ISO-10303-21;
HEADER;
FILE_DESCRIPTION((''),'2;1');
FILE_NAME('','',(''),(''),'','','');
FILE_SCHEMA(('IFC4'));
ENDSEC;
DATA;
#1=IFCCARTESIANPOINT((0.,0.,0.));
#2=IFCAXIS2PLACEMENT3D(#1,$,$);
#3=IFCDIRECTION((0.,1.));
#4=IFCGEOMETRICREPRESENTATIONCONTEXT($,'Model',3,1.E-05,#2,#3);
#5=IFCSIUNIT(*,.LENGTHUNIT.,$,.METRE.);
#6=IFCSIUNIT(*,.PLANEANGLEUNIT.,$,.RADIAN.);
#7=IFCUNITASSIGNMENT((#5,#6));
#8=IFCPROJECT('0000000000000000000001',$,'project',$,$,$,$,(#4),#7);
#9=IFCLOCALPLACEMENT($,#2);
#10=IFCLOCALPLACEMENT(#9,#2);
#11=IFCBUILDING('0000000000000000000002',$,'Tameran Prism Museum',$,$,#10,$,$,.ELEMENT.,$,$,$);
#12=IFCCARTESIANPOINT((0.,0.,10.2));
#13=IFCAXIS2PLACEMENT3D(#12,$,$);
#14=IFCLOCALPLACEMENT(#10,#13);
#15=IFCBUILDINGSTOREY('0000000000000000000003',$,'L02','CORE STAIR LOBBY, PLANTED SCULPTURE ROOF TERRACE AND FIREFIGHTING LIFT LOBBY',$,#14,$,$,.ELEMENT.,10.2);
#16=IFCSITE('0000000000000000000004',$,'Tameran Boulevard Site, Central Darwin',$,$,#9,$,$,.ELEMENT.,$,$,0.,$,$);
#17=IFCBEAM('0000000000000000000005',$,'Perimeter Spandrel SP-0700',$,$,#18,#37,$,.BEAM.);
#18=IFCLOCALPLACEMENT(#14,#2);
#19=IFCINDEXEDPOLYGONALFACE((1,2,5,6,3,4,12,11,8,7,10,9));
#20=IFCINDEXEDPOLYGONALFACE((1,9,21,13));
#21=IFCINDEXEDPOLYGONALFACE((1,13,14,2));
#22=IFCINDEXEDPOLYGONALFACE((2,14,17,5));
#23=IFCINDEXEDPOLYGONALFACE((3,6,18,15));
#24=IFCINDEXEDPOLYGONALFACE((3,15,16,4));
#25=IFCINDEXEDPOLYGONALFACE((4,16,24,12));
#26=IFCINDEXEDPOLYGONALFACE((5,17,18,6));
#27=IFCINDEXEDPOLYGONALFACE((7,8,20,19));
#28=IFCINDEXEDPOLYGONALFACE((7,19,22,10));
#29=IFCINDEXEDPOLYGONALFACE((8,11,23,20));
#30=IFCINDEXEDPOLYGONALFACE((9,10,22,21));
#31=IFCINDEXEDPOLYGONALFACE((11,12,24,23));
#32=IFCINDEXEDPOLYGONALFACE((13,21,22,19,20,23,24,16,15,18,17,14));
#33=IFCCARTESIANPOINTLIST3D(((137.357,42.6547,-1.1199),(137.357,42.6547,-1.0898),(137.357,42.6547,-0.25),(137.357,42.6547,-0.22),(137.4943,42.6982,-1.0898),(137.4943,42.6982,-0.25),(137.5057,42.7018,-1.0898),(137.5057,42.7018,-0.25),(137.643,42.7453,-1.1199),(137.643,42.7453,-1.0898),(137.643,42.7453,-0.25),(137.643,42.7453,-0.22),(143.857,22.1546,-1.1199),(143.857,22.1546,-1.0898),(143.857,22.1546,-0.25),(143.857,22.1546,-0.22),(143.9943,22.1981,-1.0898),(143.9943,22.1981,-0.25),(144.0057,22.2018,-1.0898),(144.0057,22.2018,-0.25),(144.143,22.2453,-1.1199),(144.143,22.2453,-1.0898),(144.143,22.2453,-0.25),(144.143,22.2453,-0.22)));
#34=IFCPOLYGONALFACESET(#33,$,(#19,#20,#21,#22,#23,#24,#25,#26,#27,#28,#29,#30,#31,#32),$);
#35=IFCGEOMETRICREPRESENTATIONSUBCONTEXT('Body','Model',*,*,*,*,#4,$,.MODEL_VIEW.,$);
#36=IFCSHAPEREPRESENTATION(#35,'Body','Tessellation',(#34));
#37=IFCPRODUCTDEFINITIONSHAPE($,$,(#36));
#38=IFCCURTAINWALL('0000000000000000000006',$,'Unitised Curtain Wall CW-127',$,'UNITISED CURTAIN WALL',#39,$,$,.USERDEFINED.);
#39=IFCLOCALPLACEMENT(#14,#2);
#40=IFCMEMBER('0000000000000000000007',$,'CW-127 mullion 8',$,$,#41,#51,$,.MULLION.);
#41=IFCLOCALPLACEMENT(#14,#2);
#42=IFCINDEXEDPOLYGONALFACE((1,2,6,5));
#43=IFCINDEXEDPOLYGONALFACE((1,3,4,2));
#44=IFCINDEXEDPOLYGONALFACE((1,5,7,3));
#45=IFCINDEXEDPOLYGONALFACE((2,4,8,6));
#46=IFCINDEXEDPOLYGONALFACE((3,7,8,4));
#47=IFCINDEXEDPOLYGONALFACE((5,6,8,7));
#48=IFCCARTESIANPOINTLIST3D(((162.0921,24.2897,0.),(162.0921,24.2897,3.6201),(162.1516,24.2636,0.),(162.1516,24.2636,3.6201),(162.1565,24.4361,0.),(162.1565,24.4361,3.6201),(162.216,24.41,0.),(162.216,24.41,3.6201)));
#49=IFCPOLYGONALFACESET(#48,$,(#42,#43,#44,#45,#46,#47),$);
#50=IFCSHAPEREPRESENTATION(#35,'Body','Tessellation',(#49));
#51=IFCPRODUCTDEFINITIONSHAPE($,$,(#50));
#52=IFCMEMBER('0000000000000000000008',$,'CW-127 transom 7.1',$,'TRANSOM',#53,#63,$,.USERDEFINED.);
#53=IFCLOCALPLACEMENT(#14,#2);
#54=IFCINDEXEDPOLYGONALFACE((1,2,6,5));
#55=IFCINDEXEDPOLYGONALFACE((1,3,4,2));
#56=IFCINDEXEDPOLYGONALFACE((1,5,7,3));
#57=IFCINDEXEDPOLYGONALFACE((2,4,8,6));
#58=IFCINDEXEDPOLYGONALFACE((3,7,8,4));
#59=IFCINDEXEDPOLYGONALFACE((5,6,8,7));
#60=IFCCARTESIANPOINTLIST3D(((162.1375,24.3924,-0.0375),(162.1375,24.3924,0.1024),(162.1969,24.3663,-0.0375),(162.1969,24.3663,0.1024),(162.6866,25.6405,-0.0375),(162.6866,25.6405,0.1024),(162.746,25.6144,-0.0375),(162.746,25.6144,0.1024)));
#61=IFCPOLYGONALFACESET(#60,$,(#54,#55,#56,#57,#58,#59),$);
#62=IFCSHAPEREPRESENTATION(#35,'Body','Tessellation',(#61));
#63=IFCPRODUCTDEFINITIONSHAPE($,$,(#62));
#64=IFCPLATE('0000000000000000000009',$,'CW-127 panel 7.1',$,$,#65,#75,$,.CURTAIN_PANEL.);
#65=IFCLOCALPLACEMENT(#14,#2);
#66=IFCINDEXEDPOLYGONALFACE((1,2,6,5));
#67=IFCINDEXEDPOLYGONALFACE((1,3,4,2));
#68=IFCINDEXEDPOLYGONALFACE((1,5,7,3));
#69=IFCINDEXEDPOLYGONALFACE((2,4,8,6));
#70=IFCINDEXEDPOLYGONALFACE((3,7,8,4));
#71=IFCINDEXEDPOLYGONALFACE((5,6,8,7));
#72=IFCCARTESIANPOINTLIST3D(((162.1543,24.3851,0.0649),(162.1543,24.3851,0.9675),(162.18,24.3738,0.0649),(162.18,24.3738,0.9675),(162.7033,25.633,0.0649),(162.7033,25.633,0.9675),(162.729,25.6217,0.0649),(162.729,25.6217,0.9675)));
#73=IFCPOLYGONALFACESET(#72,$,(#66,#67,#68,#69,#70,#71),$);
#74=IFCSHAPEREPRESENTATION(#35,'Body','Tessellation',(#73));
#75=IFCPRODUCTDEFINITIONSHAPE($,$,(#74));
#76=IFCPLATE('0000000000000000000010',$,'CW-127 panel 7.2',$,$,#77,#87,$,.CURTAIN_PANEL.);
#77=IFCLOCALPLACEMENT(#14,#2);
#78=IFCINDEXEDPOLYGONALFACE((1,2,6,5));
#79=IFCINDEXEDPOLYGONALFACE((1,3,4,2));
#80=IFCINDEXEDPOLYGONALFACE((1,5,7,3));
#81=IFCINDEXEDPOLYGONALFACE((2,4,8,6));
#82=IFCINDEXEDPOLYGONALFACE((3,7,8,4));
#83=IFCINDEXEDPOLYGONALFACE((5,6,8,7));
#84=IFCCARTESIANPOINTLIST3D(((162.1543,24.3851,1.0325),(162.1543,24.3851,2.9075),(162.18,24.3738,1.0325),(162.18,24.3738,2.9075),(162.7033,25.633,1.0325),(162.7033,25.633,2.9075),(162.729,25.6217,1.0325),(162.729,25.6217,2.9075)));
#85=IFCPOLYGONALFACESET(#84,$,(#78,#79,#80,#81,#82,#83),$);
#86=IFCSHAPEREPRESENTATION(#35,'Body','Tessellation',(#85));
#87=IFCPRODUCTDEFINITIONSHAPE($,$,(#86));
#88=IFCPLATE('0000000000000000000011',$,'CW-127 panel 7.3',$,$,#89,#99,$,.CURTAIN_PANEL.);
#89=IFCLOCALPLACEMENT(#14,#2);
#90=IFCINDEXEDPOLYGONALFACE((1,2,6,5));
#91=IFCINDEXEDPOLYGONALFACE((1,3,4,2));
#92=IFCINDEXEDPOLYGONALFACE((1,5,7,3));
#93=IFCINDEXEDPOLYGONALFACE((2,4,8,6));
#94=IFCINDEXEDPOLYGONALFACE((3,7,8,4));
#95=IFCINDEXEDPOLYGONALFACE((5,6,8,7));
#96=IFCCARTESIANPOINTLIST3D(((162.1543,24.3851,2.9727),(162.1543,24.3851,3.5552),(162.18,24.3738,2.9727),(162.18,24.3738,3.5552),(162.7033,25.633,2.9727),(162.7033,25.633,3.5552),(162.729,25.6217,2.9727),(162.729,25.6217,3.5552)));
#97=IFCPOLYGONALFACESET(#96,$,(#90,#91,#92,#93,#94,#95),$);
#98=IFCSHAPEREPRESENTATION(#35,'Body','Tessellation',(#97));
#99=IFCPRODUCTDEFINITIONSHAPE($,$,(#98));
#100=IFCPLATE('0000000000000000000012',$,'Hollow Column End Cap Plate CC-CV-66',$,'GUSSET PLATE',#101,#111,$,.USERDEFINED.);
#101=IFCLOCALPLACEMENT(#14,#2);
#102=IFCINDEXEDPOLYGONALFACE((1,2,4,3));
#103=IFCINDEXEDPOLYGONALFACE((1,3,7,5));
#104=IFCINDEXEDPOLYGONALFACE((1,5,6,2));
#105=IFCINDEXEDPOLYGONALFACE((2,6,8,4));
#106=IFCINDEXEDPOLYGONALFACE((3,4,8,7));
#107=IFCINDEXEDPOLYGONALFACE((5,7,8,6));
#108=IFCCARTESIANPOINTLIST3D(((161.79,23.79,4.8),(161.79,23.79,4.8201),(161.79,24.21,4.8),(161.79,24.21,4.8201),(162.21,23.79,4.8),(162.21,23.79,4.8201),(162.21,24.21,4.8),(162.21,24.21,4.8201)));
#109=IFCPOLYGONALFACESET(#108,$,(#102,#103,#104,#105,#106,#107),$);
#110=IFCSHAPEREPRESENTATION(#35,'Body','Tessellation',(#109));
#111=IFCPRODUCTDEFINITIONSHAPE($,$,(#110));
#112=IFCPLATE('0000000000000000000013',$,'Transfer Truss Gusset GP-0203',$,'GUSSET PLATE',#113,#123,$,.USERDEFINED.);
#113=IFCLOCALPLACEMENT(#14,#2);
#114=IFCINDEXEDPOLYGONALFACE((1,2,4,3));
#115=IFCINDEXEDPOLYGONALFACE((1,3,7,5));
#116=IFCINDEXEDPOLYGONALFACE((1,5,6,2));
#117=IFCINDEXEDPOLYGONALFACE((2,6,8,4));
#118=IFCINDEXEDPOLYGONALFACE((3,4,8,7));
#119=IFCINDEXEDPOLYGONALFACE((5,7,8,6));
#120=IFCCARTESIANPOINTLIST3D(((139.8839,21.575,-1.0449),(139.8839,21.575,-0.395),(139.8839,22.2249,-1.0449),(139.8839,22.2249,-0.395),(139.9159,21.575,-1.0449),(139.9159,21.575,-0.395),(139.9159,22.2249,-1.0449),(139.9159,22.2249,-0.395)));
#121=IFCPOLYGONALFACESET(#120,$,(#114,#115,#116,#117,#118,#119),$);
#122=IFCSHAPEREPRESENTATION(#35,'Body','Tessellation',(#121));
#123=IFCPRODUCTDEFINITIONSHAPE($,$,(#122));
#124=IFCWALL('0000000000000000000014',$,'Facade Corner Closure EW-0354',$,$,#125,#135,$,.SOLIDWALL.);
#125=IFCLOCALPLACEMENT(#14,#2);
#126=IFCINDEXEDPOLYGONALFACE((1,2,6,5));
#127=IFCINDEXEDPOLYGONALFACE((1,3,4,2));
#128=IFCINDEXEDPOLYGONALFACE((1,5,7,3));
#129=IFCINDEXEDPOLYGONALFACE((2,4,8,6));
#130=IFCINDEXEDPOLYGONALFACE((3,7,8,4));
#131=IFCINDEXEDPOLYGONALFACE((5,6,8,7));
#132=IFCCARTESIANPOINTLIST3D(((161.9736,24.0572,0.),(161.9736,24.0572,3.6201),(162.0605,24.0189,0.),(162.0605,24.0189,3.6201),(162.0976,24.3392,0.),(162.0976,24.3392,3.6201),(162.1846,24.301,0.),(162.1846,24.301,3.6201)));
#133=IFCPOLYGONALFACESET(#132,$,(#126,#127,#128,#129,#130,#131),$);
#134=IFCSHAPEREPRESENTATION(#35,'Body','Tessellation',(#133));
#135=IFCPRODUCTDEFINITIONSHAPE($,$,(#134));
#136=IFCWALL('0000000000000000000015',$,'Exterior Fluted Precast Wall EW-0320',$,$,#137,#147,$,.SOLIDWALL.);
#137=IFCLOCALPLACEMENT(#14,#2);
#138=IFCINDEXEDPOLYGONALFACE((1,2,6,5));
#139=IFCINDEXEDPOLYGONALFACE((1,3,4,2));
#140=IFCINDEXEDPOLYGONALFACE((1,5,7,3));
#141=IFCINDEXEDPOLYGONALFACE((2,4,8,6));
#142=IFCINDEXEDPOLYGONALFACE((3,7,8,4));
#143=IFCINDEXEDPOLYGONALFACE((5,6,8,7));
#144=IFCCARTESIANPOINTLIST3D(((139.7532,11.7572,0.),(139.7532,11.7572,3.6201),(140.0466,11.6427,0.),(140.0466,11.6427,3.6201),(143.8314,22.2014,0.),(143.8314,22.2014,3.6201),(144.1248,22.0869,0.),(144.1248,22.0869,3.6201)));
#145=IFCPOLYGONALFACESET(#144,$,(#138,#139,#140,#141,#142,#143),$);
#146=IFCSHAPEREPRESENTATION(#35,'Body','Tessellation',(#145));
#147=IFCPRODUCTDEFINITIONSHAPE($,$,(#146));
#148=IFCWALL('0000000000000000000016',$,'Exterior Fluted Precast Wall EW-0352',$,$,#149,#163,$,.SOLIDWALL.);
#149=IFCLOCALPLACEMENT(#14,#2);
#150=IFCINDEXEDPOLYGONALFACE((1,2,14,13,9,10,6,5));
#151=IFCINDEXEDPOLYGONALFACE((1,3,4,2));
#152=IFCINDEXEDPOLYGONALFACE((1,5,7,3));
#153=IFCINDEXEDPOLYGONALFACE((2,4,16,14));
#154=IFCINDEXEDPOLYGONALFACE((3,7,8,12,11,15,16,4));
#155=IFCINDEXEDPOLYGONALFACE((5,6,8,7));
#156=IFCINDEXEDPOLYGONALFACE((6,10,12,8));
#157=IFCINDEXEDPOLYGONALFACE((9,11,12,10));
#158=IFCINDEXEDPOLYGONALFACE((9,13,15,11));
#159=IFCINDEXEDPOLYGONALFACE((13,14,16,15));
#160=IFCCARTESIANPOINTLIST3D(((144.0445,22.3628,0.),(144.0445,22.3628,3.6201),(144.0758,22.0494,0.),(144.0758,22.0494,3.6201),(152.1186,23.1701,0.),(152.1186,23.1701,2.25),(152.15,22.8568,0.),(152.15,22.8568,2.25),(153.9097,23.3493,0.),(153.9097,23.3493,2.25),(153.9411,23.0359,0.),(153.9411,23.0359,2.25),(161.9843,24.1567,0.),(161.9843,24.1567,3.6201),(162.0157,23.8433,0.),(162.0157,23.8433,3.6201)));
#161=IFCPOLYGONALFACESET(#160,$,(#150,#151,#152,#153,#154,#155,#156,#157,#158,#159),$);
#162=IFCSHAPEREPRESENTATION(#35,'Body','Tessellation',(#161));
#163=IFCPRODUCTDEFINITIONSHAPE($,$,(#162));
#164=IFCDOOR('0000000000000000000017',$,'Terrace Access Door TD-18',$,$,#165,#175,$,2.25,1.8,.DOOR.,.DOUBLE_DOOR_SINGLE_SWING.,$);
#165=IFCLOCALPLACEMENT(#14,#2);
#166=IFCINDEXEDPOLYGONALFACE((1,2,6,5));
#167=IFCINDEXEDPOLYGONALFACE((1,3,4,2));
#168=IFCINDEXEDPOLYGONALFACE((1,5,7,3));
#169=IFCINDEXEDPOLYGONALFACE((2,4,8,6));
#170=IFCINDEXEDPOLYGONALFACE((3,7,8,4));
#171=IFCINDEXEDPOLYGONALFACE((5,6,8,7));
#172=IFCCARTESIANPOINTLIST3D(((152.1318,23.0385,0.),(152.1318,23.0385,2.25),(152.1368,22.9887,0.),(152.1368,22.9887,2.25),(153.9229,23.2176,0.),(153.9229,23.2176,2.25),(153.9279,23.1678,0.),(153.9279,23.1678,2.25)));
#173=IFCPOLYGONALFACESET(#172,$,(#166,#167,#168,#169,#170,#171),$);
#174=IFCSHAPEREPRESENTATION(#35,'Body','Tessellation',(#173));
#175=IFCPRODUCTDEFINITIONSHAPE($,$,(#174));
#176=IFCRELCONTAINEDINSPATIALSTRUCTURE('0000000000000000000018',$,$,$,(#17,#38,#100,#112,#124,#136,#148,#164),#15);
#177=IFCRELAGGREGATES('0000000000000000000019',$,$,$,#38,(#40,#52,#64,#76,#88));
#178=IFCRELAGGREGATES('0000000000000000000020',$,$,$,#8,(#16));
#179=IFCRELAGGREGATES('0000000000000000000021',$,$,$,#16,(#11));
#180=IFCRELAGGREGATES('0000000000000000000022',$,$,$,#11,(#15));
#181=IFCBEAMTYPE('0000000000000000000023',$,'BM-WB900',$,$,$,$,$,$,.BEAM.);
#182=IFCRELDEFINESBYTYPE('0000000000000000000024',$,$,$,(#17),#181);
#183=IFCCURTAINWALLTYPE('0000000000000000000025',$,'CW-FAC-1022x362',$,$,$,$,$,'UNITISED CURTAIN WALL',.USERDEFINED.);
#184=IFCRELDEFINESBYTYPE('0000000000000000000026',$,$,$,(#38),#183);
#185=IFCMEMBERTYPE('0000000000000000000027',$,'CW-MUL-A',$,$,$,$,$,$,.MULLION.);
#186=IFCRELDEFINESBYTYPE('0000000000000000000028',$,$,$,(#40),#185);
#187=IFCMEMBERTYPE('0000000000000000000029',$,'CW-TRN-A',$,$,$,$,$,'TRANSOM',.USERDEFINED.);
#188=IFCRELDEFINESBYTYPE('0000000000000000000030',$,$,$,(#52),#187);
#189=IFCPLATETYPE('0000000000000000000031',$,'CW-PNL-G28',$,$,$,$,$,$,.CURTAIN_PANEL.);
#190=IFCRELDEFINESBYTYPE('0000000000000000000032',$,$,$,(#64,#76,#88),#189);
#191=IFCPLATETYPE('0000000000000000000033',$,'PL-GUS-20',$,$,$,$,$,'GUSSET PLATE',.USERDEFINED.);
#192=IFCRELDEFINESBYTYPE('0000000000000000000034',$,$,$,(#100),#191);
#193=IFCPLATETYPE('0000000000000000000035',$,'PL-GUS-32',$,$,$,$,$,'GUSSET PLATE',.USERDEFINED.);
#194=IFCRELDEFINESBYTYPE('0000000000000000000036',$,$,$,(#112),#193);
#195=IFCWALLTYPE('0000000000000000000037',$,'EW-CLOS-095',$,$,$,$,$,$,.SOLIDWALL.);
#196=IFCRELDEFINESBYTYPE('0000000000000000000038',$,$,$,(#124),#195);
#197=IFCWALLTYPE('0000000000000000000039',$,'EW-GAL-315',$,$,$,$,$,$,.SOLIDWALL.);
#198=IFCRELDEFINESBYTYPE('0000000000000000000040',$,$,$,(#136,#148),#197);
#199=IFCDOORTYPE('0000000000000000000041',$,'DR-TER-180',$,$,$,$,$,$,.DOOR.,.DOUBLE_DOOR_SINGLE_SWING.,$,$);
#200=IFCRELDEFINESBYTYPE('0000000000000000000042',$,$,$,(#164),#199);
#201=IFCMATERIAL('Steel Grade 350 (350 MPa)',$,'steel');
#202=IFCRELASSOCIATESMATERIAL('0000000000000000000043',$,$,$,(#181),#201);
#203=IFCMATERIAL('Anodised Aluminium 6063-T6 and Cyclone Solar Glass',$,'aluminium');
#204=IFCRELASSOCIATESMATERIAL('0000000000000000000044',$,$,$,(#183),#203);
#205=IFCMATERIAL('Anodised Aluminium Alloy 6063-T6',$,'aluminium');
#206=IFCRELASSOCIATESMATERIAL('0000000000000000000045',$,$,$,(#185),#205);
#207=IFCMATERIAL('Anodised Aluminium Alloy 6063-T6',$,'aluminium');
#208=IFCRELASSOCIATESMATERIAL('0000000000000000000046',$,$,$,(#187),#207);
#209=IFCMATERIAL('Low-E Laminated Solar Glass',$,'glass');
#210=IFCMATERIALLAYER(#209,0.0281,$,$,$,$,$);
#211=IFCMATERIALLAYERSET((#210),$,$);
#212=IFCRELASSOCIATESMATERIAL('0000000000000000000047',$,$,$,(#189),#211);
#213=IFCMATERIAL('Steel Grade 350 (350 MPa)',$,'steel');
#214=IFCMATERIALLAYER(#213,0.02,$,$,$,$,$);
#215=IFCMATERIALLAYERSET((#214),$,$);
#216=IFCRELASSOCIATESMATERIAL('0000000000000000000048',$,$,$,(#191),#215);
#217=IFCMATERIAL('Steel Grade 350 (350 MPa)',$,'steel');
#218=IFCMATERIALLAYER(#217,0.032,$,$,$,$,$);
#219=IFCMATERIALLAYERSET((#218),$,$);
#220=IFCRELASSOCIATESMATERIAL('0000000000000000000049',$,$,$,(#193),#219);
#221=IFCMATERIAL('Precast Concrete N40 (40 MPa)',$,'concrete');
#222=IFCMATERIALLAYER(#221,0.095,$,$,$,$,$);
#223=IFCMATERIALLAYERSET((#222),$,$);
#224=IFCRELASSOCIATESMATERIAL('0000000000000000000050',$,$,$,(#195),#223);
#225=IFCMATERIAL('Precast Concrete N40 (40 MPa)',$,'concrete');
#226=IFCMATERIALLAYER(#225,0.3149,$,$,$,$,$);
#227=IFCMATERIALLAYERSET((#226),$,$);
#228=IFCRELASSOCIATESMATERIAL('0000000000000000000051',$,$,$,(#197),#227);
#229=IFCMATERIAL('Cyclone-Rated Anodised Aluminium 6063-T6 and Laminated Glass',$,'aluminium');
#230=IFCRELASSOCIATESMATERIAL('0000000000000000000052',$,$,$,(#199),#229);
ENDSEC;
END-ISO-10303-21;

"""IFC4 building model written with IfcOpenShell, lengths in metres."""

from ifc_helpers import new_model, si_unit, direction, frame, frame_2d, origin, origin_2d, place, context, subcontext, project, spatial, rectangle, i_section, extrude, material, layer, layer_set, material_profile, profile_set, type_object, element, fill, aggregate, save


model = new_model("IFC4")

# Units and contexts
model_context = context("Model", 3, precision=1e-05, world=origin(), true_north=direction((0.0, 1.0)))
body_context = subcontext(model_context, "Body", "Model", "MODEL_VIEW")
ifc_project = project(units=[si_unit("LENGTHUNIT", "METRE"), si_unit("PLANEANGLEUNIT", "RADIAN")], contexts=[model_context])

# Site, building, storey
site_placement = place(None, origin())
site = spatial("IfcSite", under=ifc_project, at=site_placement, Name="Tameran Boulevard Site, Central Darwin", CompositionType="ELEMENT", RefElevation=0.0)
building_placement = place(site_placement, origin())
building = spatial("IfcBuilding", under=site, at=building_placement, Name="Tameran Prism Museum", CompositionType="ELEMENT")
storey_placement = place(building_placement, frame((0.0, 0.0, 10.2)))
storey = spatial("IfcBuildingStorey", under=building, at=storey_placement, Name="L02", Description="CORE STAIR LOBBY, PLANTED SCULPTURE ROOF TERRACE AND FIREFIGHTING LIFT LOBBY", CompositionType="ELEMENT", Elevation=10.2)

# Beam
ifc_material_1 = material(Name="Steel Grade 350 (350 MPa)", Category="steel")
ifc_material_profile_1 = material_profile(ifc_material_1, i_section(OverallWidth=0.3, OverallDepth=0.8999, WebThickness=0.012, FlangeThickness=0.03, at=origin_2d()))
ifc_profile_set_1 = profile_set([ifc_material_profile_1])
beam_type_1 = type_object("IfcBeamType", Name="BM-WB900", PredefinedType="BEAM", material=ifc_profile_set_1)
beam_1_placement = place(storey_placement, frame((144.0, 22.2, -0.6699), z_axis=(-0.302244, 0.953231, 0.0), x_axis=(-0.953231, -0.302244, 0.0)))
element("IfcBeam", 1, at=beam_1_placement, inside=storey, type_object=beam_type_1, Name="Perimeter Spandrel SP-0700", PredefinedType="BEAM", context=body_context, shape_type="SweptSolid", body=[
    extrude(i_section(OverallWidth=0.3, OverallDepth=0.8999, WebThickness=0.012, FlangeThickness=0.03, at=origin_2d()), origin(), (0.0, 0.0, 1.0), 21.5059),
])

# Curtain wall, members, plates
ifc_material_2 = material(Name="Anodised Aluminium 6063-T6 and Cyclone Solar Glass", Category="aluminium")
curtain_wall_type = type_object("IfcCurtainWallType", Name="CW-FAC-1022x362", ElementType="UNITISED CURTAIN WALL", PredefinedType="USERDEFINED", material=ifc_material_2)
curtain_wall_placement = place(storey_placement, origin())
curtain_wall = element("IfcCurtainWall", 2, at=curtain_wall_placement, inside=storey, type_object=curtain_wall_type, Name="Unitised Curtain Wall CW-127", ObjectType="UNITISED CURTAIN WALL", PredefinedType="USERDEFINED")
ifc_material_3 = material(Name="Anodised Aluminium Alloy 6063-T6", Category="aluminium")
ifc_material_profile_2 = material_profile(ifc_material_3, rectangle(XDim=0.0649, YDim=0.1599, at=origin_2d()))
ifc_profile_set_2 = profile_set([ifc_material_profile_2])
member_type_1 = type_object("IfcMemberType", Name="CW-MUL-A", PredefinedType="MULLION", material=ifc_profile_set_2)
member_1_placement = place(storey_placement, frame((162.1541, 24.3499, 0.0), z_axis=(0.0, 0.0, 1.0), x_axis=(0.915329, -0.402706, 0.0)))
member_1 = element("IfcMember", 3, at=member_1_placement, type_object=member_type_1, Name="CW-127 mullion 8", PredefinedType="MULLION", context=body_context, shape_type="SweptSolid", body=[
    extrude(rectangle(XDim=0.0649, YDim=0.1599, at=origin_2d()), origin(), (0.0, 0.0, 1.0), 3.6201),
])
ifc_material_4 = material(Name="Anodised Aluminium Alloy 6063-T6", Category="aluminium")
ifc_material_profile_3 = material_profile(ifc_material_4, rectangle(XDim=0.0649, YDim=0.1399, at=origin_2d()))
ifc_profile_set_3 = profile_set([ifc_material_profile_3])
member_type_2 = type_object("IfcMemberType", Name="CW-TRN-A", ElementType="TRANSOM", PredefinedType="USERDEFINED", material=ifc_profile_set_3)
member_2_placement = place(storey_placement, frame((162.7163, 25.6274, 0.0325), z_axis=(-0.402697, -0.915334, 0.0), x_axis=(0.915334, -0.402697, 0.0)))
member_2 = element("IfcMember", 4, at=member_2_placement, type_object=member_type_2, Name="CW-127 transom 7.1", ObjectType="TRANSOM", PredefinedType="USERDEFINED", context=body_context, shape_type="SweptSolid", body=[
    extrude(rectangle(XDim=0.0649, YDim=0.1399, at=origin_2d()), origin(), (0.0, 0.0, 1.0), 1.3635),
])
ifc_material_5 = material(Name="Low-E Laminated Solar Glass", Category="glass")
ifc_layer_1 = layer(ifc_material_5, 0.0281)
ifc_layer_set_1 = layer_set([ifc_layer_1])
plate_type_1 = type_object("IfcPlateType", Name="CW-PNL-G28", PredefinedType="CURTAIN_PANEL", material=ifc_layer_set_1)
plate_1_placement = place(storey_placement, frame((162.4417, 25.0034, 0.0649), z_axis=(0.0, 0.0, 1.0), x_axis=(-0.402706, -0.915329, 0.0)))
plate_1 = element("IfcPlate", 5, at=plate_1_placement, type_object=plate_type_1, Name="CW-127 panel 7.1", PredefinedType="CURTAIN_PANEL", context=body_context, shape_type="SweptSolid", body=[
    extrude(rectangle(XDim=1.3633, YDim=0.0281, at=origin_2d()), origin(), (0.0, 0.0, 1.0), 0.9026),
])
plate_2_placement = place(storey_placement, frame((162.4417, 25.0034, 1.0325), z_axis=(0.0, 0.0, 1.0), x_axis=(-0.402706, -0.915329, 0.0)))
plate_2 = element("IfcPlate", 6, at=plate_2_placement, type_object=plate_type_1, Name="CW-127 panel 7.2", PredefinedType="CURTAIN_PANEL", context=body_context, shape_type="SweptSolid", body=[
    extrude(rectangle(XDim=1.3633, YDim=0.0281, at=origin_2d()), origin(), (0.0, 0.0, 1.0), 1.875),
])
plate_3_placement = place(storey_placement, frame((162.4417, 25.0034, 2.9727), z_axis=(0.0, 0.0, 1.0), x_axis=(-0.402706, -0.915329, 0.0)))
plate_3 = element("IfcPlate", 7, at=plate_3_placement, type_object=plate_type_1, Name="CW-127 panel 7.3", PredefinedType="CURTAIN_PANEL", context=body_context, shape_type="SweptSolid", body=[
    extrude(rectangle(XDim=1.3633, YDim=0.0281, at=origin_2d()), origin(), (0.0, 0.0, 1.0), 0.5825),
])
aggregate(curtain_wall, [member_1, member_2, plate_1, plate_2, plate_3])

# Plates
ifc_material_6 = material(Name="Steel Grade 350 (350 MPa)", Category="steel")
ifc_layer_2 = layer(ifc_material_6, 0.02)
ifc_layer_set_2 = layer_set([ifc_layer_2])
plate_type_2 = type_object("IfcPlateType", Name="PL-GUS-20", ElementType="GUSSET PLATE", PredefinedType="USERDEFINED", material=ifc_layer_set_2)
plate_4_placement = place(storey_placement, frame((162.0, 24.0, 4.8), z_axis=(0.0, 0.0, 1.0), x_axis=(1.0, 0.0, 0.0)))
element("IfcPlate", 8, at=plate_4_placement, inside=storey, type_object=plate_type_2, Name="Hollow Column End Cap Plate CC-CV-66", ObjectType="GUSSET PLATE", PredefinedType="USERDEFINED", context=body_context, shape_type="SweptSolid", body=[
    extrude(rectangle(XDim=0.4199, YDim=0.4199, at=origin_2d()), origin(), (0.0, 0.0, 1.0), 0.02),
])
ifc_material_7 = material(Name="Steel Grade 350 (350 MPa)", Category="steel")
ifc_layer_3 = layer(ifc_material_7, 0.032)
ifc_layer_set_3 = layer_set([ifc_layer_3])
plate_type_3 = type_object("IfcPlateType", Name="PL-GUS-32", ElementType="GUSSET PLATE", PredefinedType="USERDEFINED", material=ifc_layer_set_3)
plate_5_placement = place(storey_placement, frame((139.8999, 21.8999, -1.0449), z_axis=(0.0, 0.0, 1.0), x_axis=(1.0, 0.0, 0.0)))
element("IfcPlate", 9, at=plate_5_placement, inside=storey, type_object=plate_type_3, Name="Transfer Truss Gusset GP-0203", ObjectType="GUSSET PLATE", PredefinedType="USERDEFINED", context=body_context, shape_type="SweptSolid", body=[
    extrude(rectangle(XDim=0.032, YDim=0.6499, at=origin_2d()), origin(), (0.0, 0.0, 1.0), 0.6499),
])

# Walls
ifc_material_8 = material(Name="Precast Concrete N40 (40 MPa)", Category="concrete")
ifc_layer_4 = layer(ifc_material_8, 0.095)
ifc_layer_set_4 = layer_set([ifc_layer_4])
wall_type_1 = type_object("IfcWallType", Name="EW-CLOS-095", PredefinedType="SOLIDWALL", material=ifc_layer_set_4)
wall_1_placement = place(storey_placement, frame((162.1411, 24.3201, 0.0), z_axis=(0.0, 0.0, 1.0), x_axis=(-0.402606, -0.915373, 0.0)))
element("IfcWall", 10, at=wall_1_placement, inside=storey, type_object=wall_type_1, Name="Facade Corner Closure EW-0354", PredefinedType="SOLIDWALL", context=body_context, shape_type="SweptSolid", body=[
    extrude(rectangle(XDim=0.3081, YDim=0.095, at=frame_2d((0.1541, 0.0))), origin(), (0.0, 0.0, 1.0), 3.6201),
])
ifc_material_9 = material(Name="Precast Concrete N40 (40 MPa)", Category="concrete")
ifc_layer_5 = layer(ifc_material_9, 0.3149)
ifc_layer_set_5 = layer_set([ifc_layer_5])
wall_type_2 = type_object("IfcWallType", Name="EW-GAL-315", PredefinedType="SOLIDWALL", material=ifc_layer_set_5)
wall_2_placement = place(storey_placement, frame((143.978, 22.144, 0.0), z_axis=(0.0, 0.0, 1.0), x_axis=(-0.363727, -0.931506, 0.0)))
element("IfcWall", 11, at=wall_2_placement, inside=storey, type_object=wall_type_2, Name="Exterior Fluted Precast Wall EW-0320", PredefinedType="SOLIDWALL", context=body_context, shape_type="SweptSolid", body=[
    extrude(rectangle(XDim=11.2122, YDim=0.3149, at=frame_2d((5.606, 0.0))), origin(), (0.0, 0.0, 1.0), 3.6201),
])

# Wall, opening, door
wall_3_placement = place(storey_placement, frame((162.0, 24.0, 0.0), z_axis=(0.0, 0.0, 1.0), x_axis=(-0.995037, -0.099501, 0.0)))
wall_3 = element("IfcWall", 12, at=wall_3_placement, inside=storey, type_object=wall_type_2, Name="Exterior Fluted Precast Wall EW-0352", PredefinedType="SOLIDWALL", context=body_context, shape_type="SweptSolid", body=[
    extrude(rectangle(XDim=18.0293, YDim=0.3149, at=frame_2d((9.0146, 0.0))), origin(), (0.0, 0.0, 1.0), 3.6201),
])
opening_1_placement = place(wall_3_placement, frame((8.115, 0.0, 0.0)))
opening_1 = element("IfcOpeningElement", 13, at=opening_1_placement, cuts=wall_3, PredefinedType="OPENING", context=body_context, shape_type="SweptSolid", body=[
    extrude(rectangle(XDim=1.8, YDim=2.25, at=frame_2d((0.8999, 1.125))), frame((0.0, 0.1675, 0.0), z_axis=(0.0, -1.0, 0.0), x_axis=(1.0, 0.0, 0.0)), (0.0, 0.0, 1.0), 0.335),
])
ifc_material_10 = material(Name="Cyclone-Rated Anodised Aluminium 6063-T6 and Laminated Glass", Category="aluminium")
door_type_1 = type_object("IfcDoorType", Name="DR-TER-180", OperationType="DOUBLE_DOOR_SINGLE_SWING", PredefinedType="DOOR", material=ifc_material_10)
door_1_placement = place(opening_1_placement, origin())
door_1 = element("IfcDoor", 14, at=door_1_placement, inside=storey, type_object=door_type_1, Name="Terrace Access Door TD-18", OperationType="DOUBLE_DOOR_SINGLE_SWING", OverallHeight=2.25, OverallWidth=1.8, PredefinedType="DOOR", context=body_context, shape_type="SweptSolid", body=[
    extrude(rectangle(XDim=1.8, YDim=2.25, at=frame_2d((0.8999, 1.125))), frame((0.0, 0.0249, 0.0), z_axis=(0.0, -1.0, 0.0), x_axis=(1.0, 0.0, 0.0)), (0.0, 0.0, 1.0), 0.05),
])
fill(opening_1, door_1)

save(model, "model.ifc")
